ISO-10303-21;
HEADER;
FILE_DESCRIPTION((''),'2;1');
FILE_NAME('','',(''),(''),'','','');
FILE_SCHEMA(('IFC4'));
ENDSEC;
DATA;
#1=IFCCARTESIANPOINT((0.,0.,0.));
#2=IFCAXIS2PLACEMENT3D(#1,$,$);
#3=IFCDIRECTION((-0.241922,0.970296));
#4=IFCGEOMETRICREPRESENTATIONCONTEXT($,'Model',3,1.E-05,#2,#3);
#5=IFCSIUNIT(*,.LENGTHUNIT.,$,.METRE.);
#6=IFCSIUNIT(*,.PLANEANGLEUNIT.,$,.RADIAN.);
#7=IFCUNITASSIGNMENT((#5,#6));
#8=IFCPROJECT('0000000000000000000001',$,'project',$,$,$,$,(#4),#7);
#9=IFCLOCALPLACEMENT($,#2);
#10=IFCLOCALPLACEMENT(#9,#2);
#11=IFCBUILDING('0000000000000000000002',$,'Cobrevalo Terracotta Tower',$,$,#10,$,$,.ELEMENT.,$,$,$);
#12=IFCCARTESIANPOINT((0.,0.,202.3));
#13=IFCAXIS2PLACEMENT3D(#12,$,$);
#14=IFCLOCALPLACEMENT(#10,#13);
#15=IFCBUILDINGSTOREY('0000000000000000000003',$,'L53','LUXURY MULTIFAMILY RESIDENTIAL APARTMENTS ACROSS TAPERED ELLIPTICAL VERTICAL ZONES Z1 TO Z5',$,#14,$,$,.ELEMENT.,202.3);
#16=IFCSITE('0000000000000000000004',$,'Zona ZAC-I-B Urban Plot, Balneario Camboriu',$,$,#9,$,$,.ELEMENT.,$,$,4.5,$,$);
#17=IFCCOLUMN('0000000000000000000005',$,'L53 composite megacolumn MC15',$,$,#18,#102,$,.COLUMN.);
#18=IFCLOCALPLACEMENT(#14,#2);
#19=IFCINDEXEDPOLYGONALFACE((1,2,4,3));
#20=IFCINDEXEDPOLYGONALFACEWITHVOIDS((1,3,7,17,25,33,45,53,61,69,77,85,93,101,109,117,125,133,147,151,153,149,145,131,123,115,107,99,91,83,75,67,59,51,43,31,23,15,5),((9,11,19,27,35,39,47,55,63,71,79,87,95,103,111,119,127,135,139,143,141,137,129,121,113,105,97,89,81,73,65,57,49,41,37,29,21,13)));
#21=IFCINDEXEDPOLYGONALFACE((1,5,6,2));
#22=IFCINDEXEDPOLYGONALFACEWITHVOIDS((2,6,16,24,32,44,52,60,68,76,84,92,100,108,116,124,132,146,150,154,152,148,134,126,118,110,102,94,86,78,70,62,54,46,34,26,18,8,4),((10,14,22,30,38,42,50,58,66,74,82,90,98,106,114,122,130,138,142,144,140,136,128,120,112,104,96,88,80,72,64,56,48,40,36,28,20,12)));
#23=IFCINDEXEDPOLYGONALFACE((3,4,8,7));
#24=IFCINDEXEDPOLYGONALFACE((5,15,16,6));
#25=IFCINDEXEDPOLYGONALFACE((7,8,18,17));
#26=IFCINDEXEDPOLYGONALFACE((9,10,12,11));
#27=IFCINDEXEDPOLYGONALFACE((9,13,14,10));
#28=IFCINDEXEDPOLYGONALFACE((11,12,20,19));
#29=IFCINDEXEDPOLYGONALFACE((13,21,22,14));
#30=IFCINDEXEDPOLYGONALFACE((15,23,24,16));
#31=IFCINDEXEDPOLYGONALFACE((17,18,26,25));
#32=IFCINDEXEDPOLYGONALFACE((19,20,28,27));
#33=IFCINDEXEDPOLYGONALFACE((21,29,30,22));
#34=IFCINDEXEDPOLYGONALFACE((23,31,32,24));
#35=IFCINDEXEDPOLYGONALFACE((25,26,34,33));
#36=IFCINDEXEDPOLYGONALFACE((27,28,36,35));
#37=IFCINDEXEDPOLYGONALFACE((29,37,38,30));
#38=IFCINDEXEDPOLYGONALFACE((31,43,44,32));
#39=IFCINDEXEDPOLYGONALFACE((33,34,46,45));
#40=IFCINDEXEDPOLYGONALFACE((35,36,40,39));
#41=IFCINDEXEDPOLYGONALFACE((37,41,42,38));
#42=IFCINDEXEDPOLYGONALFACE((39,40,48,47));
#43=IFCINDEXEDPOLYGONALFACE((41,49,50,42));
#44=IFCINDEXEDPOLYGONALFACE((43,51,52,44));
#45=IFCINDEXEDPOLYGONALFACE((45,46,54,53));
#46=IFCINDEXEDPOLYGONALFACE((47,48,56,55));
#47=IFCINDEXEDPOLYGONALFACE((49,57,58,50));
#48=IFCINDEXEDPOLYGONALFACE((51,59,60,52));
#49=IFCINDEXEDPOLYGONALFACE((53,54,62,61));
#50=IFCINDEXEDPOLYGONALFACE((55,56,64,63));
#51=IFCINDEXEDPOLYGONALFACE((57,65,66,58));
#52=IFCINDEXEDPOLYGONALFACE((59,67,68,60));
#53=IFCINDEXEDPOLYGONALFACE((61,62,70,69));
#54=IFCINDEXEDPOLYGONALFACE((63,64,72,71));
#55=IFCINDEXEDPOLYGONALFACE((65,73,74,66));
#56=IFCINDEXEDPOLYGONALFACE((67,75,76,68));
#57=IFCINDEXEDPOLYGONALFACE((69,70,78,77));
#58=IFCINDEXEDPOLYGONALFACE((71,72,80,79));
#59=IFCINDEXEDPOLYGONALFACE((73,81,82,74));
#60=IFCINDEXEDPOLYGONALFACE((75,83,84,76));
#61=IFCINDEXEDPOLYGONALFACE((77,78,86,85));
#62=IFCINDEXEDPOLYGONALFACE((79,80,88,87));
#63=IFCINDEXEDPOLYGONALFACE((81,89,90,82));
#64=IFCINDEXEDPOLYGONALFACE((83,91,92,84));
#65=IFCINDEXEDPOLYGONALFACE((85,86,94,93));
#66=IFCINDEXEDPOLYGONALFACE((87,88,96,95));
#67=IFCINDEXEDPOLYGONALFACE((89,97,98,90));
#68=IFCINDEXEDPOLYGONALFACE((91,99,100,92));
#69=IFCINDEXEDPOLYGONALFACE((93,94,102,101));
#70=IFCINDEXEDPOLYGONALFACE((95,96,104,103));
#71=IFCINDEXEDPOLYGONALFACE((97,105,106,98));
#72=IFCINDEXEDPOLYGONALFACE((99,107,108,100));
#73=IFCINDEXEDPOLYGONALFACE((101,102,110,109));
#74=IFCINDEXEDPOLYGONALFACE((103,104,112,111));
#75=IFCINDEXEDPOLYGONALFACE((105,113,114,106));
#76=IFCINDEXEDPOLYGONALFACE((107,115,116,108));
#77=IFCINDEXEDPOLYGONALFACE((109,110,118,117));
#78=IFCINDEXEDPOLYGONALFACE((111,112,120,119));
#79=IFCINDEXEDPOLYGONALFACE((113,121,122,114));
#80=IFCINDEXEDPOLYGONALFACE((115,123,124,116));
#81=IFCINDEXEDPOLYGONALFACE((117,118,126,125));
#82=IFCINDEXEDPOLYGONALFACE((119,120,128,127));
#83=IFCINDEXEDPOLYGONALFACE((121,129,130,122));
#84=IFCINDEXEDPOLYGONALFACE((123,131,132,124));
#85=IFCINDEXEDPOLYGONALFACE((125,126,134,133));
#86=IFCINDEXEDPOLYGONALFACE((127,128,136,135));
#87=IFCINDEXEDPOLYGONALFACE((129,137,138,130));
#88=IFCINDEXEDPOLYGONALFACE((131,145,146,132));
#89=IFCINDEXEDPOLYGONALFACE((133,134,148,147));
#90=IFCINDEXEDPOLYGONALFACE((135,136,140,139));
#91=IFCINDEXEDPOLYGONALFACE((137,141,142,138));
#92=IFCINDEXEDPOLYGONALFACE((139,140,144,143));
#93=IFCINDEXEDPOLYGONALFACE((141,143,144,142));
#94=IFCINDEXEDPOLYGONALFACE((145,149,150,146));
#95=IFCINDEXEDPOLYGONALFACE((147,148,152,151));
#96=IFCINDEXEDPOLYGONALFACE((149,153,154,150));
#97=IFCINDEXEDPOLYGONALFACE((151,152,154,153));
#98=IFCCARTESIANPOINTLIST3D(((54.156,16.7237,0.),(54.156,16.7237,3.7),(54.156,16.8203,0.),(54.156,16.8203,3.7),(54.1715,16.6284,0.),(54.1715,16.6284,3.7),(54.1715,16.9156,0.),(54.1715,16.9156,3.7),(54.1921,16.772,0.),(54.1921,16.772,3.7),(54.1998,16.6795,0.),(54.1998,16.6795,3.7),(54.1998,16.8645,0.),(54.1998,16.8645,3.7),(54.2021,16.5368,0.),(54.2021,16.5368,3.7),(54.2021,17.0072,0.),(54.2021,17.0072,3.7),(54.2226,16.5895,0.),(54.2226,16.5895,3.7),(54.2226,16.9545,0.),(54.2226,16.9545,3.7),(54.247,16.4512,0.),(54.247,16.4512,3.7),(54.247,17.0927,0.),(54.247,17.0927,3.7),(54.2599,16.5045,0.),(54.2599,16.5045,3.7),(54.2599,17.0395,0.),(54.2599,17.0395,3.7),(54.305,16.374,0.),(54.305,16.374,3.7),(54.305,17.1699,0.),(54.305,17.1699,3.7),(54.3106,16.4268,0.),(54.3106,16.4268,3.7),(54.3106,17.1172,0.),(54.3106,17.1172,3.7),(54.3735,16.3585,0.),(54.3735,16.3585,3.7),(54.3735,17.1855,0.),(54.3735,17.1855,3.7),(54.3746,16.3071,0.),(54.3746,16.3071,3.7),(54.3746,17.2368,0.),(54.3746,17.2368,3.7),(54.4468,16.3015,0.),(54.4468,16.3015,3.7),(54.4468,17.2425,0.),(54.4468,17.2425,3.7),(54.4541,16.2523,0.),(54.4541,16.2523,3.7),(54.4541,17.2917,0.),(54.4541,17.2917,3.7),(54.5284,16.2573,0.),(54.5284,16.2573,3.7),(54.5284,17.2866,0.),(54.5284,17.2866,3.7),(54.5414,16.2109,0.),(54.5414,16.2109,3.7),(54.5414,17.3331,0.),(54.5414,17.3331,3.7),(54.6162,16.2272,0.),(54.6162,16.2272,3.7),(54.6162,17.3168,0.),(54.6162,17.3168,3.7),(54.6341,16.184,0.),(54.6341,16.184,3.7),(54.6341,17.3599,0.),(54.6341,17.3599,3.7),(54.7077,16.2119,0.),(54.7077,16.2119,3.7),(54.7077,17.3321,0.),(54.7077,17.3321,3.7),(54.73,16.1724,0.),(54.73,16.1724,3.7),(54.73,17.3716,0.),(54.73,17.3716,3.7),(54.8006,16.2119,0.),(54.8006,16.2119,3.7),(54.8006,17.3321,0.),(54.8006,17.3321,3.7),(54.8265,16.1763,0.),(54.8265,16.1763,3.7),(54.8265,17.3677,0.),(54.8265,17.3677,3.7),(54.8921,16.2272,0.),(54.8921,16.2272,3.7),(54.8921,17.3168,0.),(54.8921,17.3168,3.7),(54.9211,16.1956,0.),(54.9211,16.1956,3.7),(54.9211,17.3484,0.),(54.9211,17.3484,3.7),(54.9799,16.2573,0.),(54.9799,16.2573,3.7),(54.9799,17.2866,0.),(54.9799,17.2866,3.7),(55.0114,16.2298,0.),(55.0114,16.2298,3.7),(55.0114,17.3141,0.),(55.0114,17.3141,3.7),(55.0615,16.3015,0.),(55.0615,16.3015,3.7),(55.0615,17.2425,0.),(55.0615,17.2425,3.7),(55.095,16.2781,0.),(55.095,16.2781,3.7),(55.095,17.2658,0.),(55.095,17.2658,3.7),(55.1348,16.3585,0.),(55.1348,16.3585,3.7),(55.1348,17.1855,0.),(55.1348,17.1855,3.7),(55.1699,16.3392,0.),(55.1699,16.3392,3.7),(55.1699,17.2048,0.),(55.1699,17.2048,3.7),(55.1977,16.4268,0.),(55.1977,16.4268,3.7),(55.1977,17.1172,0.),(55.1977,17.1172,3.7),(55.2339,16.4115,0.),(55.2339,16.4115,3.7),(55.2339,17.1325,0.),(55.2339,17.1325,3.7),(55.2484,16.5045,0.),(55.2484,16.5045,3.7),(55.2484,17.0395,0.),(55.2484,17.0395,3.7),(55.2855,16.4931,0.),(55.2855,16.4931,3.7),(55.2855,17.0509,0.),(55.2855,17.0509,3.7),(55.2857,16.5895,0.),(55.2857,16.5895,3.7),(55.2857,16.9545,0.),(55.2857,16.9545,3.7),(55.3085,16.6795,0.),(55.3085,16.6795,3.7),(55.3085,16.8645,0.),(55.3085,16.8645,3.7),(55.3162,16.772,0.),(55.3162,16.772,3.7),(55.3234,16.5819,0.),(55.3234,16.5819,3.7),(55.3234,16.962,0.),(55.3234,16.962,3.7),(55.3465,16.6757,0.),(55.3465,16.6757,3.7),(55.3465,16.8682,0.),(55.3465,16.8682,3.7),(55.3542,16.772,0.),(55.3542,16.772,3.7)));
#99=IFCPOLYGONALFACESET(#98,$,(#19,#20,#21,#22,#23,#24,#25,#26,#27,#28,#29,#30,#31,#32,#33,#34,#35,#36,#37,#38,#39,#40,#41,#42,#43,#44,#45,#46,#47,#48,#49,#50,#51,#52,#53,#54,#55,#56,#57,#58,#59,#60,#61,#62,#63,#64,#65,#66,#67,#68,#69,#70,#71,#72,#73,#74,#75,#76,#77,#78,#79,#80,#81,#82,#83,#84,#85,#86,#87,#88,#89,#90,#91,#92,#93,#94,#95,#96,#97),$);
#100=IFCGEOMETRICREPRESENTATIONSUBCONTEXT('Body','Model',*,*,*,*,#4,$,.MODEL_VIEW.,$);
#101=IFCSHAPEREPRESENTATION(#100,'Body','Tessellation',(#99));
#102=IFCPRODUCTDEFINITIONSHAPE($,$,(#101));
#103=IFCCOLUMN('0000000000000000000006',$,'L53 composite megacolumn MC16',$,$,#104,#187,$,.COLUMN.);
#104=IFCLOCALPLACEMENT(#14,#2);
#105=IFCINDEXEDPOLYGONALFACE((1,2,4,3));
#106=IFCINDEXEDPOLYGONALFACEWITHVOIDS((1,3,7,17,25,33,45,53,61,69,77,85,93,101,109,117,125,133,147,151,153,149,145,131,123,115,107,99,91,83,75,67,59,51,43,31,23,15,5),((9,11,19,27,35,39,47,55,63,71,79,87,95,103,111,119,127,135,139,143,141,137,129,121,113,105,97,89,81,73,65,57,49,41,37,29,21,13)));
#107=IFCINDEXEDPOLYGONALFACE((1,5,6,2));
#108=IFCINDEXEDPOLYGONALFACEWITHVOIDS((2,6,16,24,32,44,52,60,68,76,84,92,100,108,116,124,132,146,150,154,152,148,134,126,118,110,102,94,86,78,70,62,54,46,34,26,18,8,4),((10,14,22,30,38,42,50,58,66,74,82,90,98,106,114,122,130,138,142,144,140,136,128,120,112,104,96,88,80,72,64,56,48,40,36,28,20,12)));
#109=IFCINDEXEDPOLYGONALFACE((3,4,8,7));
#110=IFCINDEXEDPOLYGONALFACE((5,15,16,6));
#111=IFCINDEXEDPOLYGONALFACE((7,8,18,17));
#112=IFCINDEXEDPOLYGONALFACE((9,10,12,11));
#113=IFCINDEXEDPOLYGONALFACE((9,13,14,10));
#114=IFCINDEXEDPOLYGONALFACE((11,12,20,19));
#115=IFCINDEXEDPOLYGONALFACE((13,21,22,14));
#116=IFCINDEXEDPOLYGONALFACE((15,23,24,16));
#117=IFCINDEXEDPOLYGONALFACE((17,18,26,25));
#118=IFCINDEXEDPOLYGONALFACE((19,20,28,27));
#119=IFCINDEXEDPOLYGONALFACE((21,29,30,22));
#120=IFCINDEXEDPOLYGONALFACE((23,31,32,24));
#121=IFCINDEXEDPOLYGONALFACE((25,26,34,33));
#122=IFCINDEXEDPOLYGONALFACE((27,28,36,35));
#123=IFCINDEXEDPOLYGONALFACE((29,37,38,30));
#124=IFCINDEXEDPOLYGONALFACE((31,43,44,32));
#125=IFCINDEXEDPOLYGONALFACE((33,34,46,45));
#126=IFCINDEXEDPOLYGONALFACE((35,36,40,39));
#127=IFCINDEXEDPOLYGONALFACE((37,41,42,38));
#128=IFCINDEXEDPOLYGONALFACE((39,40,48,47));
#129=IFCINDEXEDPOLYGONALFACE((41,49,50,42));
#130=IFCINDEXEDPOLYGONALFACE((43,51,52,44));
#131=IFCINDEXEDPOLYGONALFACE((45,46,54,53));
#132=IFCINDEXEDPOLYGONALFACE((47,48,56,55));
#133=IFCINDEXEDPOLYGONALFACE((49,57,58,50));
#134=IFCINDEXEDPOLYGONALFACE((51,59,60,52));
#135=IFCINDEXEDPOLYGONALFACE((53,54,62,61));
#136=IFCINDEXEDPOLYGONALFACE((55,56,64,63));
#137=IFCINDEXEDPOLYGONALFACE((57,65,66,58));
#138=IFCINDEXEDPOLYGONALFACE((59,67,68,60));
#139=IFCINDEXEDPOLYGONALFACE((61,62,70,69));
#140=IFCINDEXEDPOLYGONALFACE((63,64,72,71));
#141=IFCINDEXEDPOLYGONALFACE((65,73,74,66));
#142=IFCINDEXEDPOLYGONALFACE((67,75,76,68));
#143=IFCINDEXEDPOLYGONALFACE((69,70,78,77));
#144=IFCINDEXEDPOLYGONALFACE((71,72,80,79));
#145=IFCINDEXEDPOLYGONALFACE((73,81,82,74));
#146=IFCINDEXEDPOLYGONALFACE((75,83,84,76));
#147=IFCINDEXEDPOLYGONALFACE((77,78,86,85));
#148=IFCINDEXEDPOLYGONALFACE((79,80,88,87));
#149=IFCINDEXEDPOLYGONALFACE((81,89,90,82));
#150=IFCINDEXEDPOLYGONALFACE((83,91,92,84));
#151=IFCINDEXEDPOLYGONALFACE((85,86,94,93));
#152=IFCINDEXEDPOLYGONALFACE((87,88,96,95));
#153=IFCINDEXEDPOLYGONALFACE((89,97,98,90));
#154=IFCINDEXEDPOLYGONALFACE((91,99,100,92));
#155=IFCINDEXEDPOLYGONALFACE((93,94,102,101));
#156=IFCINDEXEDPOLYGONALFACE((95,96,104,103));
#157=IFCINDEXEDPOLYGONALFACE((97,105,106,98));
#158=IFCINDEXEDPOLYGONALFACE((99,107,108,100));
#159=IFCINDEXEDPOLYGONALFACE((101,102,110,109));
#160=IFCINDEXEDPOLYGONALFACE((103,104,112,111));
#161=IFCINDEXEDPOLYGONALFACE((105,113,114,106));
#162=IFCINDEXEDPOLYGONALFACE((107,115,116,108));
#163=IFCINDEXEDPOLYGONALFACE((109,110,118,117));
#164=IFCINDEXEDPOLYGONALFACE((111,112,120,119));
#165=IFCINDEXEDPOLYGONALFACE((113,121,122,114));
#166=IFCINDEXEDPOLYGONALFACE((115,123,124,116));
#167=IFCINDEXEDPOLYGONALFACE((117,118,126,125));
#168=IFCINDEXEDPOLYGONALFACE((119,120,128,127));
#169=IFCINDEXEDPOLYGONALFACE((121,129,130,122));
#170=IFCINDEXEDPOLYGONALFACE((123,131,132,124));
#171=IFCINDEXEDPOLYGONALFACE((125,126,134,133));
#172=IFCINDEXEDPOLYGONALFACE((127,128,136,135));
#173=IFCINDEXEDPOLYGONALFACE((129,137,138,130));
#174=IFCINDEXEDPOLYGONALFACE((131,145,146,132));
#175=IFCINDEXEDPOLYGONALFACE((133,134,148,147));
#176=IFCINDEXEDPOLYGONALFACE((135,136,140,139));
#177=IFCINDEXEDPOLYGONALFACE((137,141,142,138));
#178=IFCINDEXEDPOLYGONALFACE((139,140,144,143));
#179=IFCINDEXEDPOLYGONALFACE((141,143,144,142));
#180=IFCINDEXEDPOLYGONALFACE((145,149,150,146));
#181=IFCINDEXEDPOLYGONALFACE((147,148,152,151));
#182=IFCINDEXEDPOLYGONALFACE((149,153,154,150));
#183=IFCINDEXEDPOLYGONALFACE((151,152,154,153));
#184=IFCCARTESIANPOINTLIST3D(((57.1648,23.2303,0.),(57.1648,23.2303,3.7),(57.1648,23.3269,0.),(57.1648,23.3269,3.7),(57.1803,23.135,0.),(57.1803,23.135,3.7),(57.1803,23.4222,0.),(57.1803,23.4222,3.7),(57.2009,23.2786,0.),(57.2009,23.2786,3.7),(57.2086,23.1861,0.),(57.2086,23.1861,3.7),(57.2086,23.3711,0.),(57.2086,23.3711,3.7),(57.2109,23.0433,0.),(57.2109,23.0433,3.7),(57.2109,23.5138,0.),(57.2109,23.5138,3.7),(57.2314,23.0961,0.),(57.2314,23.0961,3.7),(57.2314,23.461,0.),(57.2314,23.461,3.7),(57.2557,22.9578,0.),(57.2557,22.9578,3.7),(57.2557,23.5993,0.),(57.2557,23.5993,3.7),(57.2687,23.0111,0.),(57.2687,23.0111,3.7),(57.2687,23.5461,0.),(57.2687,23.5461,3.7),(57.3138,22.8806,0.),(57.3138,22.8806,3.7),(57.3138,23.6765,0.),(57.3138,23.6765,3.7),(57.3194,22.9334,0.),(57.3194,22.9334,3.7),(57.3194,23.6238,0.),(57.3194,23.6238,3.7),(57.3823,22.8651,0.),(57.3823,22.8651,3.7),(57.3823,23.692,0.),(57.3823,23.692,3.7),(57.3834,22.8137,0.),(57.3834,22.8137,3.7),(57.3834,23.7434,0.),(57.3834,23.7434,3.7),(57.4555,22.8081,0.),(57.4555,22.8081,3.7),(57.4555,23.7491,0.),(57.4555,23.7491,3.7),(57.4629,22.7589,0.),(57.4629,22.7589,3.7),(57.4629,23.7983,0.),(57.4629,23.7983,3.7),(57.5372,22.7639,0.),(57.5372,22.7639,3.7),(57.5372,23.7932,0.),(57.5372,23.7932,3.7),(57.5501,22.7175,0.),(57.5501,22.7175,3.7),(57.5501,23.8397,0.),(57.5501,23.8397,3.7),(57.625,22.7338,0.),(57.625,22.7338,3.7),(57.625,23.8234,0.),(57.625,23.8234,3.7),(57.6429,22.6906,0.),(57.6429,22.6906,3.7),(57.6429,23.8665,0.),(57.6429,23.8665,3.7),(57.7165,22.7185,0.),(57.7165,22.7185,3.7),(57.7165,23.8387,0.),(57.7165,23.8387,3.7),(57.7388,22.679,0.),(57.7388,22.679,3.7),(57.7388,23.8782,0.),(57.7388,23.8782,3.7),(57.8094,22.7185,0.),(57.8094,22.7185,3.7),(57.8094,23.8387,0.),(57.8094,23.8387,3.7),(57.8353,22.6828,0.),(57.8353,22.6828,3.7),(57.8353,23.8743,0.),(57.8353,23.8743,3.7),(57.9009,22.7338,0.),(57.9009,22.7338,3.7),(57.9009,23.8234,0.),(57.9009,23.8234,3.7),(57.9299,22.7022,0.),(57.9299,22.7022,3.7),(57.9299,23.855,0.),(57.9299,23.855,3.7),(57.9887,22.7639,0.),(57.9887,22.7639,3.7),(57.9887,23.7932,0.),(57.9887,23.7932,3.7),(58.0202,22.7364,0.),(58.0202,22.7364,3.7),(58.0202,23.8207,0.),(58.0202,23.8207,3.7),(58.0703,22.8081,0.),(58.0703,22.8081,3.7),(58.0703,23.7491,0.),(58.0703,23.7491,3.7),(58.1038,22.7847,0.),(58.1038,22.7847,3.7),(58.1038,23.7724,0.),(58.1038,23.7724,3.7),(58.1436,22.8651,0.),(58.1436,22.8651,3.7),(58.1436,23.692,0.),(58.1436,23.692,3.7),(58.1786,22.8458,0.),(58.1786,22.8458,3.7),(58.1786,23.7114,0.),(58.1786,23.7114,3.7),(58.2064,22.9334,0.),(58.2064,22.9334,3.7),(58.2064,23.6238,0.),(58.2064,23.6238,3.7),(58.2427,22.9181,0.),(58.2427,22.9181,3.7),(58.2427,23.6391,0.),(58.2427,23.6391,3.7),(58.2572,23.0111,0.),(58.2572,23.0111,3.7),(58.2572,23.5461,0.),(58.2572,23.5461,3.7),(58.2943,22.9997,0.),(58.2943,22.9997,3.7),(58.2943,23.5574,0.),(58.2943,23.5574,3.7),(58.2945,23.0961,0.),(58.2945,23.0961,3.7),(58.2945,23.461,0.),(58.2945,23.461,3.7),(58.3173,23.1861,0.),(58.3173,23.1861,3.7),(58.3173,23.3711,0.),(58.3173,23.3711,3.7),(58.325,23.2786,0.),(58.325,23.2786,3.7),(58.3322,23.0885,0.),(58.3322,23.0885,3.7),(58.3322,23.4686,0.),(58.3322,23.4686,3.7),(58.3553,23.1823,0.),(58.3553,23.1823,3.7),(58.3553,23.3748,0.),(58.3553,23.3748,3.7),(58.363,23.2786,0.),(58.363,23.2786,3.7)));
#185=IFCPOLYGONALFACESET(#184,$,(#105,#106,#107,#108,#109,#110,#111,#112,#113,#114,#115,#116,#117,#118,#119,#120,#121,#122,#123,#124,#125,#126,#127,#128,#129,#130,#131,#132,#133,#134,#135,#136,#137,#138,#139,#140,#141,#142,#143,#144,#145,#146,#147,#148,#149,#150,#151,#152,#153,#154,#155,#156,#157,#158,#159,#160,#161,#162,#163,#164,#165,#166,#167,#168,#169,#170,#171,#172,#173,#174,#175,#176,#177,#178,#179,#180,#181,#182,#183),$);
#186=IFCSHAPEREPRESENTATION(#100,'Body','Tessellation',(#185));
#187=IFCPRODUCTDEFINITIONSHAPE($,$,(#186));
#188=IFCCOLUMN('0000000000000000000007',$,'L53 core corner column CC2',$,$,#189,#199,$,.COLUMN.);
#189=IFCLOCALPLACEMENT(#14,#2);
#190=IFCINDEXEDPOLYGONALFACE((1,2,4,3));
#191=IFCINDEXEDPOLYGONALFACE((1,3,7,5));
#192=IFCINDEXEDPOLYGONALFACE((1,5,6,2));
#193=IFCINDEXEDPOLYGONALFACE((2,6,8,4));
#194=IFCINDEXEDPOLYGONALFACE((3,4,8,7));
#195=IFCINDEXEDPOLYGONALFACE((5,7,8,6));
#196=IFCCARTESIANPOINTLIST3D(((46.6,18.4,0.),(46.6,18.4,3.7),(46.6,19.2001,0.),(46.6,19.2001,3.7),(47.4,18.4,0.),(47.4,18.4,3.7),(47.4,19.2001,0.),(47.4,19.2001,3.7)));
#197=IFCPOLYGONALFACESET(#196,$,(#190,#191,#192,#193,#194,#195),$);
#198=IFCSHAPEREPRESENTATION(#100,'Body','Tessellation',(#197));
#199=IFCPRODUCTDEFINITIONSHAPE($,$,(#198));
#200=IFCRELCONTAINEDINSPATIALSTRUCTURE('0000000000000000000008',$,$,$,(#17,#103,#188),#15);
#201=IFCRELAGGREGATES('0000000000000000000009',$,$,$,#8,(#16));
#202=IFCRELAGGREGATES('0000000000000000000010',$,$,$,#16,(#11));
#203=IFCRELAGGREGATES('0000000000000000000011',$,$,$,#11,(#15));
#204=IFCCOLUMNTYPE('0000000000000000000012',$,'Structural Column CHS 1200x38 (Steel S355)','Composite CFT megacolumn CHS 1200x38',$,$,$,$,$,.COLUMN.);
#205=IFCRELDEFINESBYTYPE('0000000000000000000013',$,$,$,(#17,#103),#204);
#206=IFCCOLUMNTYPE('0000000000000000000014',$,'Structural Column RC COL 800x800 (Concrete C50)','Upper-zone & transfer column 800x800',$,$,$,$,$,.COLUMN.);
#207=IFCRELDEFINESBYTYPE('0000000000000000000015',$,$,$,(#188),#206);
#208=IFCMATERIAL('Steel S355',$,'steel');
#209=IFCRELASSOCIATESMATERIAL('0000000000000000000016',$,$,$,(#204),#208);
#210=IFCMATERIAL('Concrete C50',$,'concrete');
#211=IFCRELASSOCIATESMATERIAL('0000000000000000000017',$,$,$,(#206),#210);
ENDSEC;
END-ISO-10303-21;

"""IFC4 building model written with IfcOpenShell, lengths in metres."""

from ifc_helpers import new_model, si_unit, direction, frame, origin, origin_2d, place, context, subcontext, project, spatial, rectangle, hollow_circle, extrude, material, material_profile, profile_set, type_object, element, save


model = new_model("IFC4")

# Units and contexts
model_context = context("Model", 3, precision=1e-05, world=origin(), true_north=direction((-0.241922, 0.970296)))
body_context = subcontext(model_context, "Body", "Model", "MODEL_VIEW")
ifc_project = project(units=[si_unit("LENGTHUNIT", "METRE"), si_unit("PLANEANGLEUNIT", "RADIAN")], contexts=[model_context])

# Site, building, storey
site_placement = place(None, origin())
site = spatial("IfcSite", under=ifc_project, at=site_placement, Name="Zona ZAC-I-B Urban Plot, Balneario Camboriu", CompositionType="ELEMENT", RefElevation=4.5)
building_placement = place(site_placement, origin())
building = spatial("IfcBuilding", under=site, at=building_placement, Name="Cobrevalo Terracotta Tower", CompositionType="ELEMENT")
storey_placement = place(building_placement, frame((0.0, 0.0, 202.3)))
storey = spatial("IfcBuildingStorey", under=building, at=storey_placement, Name="L53", Description="LUXURY MULTIFAMILY RESIDENTIAL APARTMENTS ACROSS TAPERED ELLIPTICAL VERTICAL ZONES Z1 TO Z5", CompositionType="ELEMENT", Elevation=202.3)

# Columns
ifc_material_1 = material(Name="Steel S355", Category="steel")
ifc_material_profile_1 = material_profile(ifc_material_1, hollow_circle(Radius=0.6001, WallThickness=0.0381, at=origin_2d()), Name="CHS 1200x38")
ifc_profile_set_1 = profile_set([ifc_material_profile_1], Name="Steel S355")
column_type_1 = type_object("IfcColumnType", Name="Structural Column CHS 1200x38 (Steel S355)", Description="Composite CFT megacolumn CHS 1200x38", PredefinedType="COLUMN", material=ifc_profile_set_1)
for number, where, z_axis, x_axis, name in (
    (1, (54.7542, 16.772, 0.0), (0.0, 0.0, 1.0), (1.0, 0.0, 0.0), "L53 composite megacolumn MC15"),
    (2, (57.7629, 23.2786, 0.0), (0.0, 0.0, 1.0), (1.0, 0.0, 0.0), "L53 composite megacolumn MC16"),
):
    element("IfcColumn", number, at=place(storey_placement, frame(where, z_axis=z_axis, x_axis=x_axis)), inside=storey, type_object=column_type_1, Name=name, PredefinedType="COLUMN", context=body_context, shape_type="SweptSolid", body=[
        extrude(hollow_circle(Radius=0.6001, WallThickness=0.0381, at=origin_2d()), origin(), (0.0, 0.0, 1.0), 3.7),
    ])
ifc_material_2 = material(Name="Concrete C50", Category="concrete")
ifc_material_profile_2 = material_profile(ifc_material_2, rectangle(XDim=0.8, YDim=0.8, at=origin_2d()), Name="RC COL 800x800")
ifc_profile_set_2 = profile_set([ifc_material_profile_2], Name="Concrete C50")
column_type_2 = type_object("IfcColumnType", Name="Structural Column RC COL 800x800 (Concrete C50)", Description="Upper-zone & transfer column 800x800", PredefinedType="COLUMN", material=ifc_profile_set_2)
column_placement = place(storey_placement, frame((47.0, 18.8, 0.0), z_axis=(0.0, 0.0, 1.0), x_axis=(1.0, 0.0, 0.0)))
element("IfcColumn", 3, at=column_placement, inside=storey, type_object=column_type_2, Name="L53 core corner column CC2", PredefinedType="COLUMN", context=body_context, shape_type="SweptSolid", body=[
    extrude(rectangle(XDim=0.8, YDim=0.8, at=origin_2d()), origin(), (0.0, 0.0, 1.0), 3.7),
])

save(model, "model.ifc")
